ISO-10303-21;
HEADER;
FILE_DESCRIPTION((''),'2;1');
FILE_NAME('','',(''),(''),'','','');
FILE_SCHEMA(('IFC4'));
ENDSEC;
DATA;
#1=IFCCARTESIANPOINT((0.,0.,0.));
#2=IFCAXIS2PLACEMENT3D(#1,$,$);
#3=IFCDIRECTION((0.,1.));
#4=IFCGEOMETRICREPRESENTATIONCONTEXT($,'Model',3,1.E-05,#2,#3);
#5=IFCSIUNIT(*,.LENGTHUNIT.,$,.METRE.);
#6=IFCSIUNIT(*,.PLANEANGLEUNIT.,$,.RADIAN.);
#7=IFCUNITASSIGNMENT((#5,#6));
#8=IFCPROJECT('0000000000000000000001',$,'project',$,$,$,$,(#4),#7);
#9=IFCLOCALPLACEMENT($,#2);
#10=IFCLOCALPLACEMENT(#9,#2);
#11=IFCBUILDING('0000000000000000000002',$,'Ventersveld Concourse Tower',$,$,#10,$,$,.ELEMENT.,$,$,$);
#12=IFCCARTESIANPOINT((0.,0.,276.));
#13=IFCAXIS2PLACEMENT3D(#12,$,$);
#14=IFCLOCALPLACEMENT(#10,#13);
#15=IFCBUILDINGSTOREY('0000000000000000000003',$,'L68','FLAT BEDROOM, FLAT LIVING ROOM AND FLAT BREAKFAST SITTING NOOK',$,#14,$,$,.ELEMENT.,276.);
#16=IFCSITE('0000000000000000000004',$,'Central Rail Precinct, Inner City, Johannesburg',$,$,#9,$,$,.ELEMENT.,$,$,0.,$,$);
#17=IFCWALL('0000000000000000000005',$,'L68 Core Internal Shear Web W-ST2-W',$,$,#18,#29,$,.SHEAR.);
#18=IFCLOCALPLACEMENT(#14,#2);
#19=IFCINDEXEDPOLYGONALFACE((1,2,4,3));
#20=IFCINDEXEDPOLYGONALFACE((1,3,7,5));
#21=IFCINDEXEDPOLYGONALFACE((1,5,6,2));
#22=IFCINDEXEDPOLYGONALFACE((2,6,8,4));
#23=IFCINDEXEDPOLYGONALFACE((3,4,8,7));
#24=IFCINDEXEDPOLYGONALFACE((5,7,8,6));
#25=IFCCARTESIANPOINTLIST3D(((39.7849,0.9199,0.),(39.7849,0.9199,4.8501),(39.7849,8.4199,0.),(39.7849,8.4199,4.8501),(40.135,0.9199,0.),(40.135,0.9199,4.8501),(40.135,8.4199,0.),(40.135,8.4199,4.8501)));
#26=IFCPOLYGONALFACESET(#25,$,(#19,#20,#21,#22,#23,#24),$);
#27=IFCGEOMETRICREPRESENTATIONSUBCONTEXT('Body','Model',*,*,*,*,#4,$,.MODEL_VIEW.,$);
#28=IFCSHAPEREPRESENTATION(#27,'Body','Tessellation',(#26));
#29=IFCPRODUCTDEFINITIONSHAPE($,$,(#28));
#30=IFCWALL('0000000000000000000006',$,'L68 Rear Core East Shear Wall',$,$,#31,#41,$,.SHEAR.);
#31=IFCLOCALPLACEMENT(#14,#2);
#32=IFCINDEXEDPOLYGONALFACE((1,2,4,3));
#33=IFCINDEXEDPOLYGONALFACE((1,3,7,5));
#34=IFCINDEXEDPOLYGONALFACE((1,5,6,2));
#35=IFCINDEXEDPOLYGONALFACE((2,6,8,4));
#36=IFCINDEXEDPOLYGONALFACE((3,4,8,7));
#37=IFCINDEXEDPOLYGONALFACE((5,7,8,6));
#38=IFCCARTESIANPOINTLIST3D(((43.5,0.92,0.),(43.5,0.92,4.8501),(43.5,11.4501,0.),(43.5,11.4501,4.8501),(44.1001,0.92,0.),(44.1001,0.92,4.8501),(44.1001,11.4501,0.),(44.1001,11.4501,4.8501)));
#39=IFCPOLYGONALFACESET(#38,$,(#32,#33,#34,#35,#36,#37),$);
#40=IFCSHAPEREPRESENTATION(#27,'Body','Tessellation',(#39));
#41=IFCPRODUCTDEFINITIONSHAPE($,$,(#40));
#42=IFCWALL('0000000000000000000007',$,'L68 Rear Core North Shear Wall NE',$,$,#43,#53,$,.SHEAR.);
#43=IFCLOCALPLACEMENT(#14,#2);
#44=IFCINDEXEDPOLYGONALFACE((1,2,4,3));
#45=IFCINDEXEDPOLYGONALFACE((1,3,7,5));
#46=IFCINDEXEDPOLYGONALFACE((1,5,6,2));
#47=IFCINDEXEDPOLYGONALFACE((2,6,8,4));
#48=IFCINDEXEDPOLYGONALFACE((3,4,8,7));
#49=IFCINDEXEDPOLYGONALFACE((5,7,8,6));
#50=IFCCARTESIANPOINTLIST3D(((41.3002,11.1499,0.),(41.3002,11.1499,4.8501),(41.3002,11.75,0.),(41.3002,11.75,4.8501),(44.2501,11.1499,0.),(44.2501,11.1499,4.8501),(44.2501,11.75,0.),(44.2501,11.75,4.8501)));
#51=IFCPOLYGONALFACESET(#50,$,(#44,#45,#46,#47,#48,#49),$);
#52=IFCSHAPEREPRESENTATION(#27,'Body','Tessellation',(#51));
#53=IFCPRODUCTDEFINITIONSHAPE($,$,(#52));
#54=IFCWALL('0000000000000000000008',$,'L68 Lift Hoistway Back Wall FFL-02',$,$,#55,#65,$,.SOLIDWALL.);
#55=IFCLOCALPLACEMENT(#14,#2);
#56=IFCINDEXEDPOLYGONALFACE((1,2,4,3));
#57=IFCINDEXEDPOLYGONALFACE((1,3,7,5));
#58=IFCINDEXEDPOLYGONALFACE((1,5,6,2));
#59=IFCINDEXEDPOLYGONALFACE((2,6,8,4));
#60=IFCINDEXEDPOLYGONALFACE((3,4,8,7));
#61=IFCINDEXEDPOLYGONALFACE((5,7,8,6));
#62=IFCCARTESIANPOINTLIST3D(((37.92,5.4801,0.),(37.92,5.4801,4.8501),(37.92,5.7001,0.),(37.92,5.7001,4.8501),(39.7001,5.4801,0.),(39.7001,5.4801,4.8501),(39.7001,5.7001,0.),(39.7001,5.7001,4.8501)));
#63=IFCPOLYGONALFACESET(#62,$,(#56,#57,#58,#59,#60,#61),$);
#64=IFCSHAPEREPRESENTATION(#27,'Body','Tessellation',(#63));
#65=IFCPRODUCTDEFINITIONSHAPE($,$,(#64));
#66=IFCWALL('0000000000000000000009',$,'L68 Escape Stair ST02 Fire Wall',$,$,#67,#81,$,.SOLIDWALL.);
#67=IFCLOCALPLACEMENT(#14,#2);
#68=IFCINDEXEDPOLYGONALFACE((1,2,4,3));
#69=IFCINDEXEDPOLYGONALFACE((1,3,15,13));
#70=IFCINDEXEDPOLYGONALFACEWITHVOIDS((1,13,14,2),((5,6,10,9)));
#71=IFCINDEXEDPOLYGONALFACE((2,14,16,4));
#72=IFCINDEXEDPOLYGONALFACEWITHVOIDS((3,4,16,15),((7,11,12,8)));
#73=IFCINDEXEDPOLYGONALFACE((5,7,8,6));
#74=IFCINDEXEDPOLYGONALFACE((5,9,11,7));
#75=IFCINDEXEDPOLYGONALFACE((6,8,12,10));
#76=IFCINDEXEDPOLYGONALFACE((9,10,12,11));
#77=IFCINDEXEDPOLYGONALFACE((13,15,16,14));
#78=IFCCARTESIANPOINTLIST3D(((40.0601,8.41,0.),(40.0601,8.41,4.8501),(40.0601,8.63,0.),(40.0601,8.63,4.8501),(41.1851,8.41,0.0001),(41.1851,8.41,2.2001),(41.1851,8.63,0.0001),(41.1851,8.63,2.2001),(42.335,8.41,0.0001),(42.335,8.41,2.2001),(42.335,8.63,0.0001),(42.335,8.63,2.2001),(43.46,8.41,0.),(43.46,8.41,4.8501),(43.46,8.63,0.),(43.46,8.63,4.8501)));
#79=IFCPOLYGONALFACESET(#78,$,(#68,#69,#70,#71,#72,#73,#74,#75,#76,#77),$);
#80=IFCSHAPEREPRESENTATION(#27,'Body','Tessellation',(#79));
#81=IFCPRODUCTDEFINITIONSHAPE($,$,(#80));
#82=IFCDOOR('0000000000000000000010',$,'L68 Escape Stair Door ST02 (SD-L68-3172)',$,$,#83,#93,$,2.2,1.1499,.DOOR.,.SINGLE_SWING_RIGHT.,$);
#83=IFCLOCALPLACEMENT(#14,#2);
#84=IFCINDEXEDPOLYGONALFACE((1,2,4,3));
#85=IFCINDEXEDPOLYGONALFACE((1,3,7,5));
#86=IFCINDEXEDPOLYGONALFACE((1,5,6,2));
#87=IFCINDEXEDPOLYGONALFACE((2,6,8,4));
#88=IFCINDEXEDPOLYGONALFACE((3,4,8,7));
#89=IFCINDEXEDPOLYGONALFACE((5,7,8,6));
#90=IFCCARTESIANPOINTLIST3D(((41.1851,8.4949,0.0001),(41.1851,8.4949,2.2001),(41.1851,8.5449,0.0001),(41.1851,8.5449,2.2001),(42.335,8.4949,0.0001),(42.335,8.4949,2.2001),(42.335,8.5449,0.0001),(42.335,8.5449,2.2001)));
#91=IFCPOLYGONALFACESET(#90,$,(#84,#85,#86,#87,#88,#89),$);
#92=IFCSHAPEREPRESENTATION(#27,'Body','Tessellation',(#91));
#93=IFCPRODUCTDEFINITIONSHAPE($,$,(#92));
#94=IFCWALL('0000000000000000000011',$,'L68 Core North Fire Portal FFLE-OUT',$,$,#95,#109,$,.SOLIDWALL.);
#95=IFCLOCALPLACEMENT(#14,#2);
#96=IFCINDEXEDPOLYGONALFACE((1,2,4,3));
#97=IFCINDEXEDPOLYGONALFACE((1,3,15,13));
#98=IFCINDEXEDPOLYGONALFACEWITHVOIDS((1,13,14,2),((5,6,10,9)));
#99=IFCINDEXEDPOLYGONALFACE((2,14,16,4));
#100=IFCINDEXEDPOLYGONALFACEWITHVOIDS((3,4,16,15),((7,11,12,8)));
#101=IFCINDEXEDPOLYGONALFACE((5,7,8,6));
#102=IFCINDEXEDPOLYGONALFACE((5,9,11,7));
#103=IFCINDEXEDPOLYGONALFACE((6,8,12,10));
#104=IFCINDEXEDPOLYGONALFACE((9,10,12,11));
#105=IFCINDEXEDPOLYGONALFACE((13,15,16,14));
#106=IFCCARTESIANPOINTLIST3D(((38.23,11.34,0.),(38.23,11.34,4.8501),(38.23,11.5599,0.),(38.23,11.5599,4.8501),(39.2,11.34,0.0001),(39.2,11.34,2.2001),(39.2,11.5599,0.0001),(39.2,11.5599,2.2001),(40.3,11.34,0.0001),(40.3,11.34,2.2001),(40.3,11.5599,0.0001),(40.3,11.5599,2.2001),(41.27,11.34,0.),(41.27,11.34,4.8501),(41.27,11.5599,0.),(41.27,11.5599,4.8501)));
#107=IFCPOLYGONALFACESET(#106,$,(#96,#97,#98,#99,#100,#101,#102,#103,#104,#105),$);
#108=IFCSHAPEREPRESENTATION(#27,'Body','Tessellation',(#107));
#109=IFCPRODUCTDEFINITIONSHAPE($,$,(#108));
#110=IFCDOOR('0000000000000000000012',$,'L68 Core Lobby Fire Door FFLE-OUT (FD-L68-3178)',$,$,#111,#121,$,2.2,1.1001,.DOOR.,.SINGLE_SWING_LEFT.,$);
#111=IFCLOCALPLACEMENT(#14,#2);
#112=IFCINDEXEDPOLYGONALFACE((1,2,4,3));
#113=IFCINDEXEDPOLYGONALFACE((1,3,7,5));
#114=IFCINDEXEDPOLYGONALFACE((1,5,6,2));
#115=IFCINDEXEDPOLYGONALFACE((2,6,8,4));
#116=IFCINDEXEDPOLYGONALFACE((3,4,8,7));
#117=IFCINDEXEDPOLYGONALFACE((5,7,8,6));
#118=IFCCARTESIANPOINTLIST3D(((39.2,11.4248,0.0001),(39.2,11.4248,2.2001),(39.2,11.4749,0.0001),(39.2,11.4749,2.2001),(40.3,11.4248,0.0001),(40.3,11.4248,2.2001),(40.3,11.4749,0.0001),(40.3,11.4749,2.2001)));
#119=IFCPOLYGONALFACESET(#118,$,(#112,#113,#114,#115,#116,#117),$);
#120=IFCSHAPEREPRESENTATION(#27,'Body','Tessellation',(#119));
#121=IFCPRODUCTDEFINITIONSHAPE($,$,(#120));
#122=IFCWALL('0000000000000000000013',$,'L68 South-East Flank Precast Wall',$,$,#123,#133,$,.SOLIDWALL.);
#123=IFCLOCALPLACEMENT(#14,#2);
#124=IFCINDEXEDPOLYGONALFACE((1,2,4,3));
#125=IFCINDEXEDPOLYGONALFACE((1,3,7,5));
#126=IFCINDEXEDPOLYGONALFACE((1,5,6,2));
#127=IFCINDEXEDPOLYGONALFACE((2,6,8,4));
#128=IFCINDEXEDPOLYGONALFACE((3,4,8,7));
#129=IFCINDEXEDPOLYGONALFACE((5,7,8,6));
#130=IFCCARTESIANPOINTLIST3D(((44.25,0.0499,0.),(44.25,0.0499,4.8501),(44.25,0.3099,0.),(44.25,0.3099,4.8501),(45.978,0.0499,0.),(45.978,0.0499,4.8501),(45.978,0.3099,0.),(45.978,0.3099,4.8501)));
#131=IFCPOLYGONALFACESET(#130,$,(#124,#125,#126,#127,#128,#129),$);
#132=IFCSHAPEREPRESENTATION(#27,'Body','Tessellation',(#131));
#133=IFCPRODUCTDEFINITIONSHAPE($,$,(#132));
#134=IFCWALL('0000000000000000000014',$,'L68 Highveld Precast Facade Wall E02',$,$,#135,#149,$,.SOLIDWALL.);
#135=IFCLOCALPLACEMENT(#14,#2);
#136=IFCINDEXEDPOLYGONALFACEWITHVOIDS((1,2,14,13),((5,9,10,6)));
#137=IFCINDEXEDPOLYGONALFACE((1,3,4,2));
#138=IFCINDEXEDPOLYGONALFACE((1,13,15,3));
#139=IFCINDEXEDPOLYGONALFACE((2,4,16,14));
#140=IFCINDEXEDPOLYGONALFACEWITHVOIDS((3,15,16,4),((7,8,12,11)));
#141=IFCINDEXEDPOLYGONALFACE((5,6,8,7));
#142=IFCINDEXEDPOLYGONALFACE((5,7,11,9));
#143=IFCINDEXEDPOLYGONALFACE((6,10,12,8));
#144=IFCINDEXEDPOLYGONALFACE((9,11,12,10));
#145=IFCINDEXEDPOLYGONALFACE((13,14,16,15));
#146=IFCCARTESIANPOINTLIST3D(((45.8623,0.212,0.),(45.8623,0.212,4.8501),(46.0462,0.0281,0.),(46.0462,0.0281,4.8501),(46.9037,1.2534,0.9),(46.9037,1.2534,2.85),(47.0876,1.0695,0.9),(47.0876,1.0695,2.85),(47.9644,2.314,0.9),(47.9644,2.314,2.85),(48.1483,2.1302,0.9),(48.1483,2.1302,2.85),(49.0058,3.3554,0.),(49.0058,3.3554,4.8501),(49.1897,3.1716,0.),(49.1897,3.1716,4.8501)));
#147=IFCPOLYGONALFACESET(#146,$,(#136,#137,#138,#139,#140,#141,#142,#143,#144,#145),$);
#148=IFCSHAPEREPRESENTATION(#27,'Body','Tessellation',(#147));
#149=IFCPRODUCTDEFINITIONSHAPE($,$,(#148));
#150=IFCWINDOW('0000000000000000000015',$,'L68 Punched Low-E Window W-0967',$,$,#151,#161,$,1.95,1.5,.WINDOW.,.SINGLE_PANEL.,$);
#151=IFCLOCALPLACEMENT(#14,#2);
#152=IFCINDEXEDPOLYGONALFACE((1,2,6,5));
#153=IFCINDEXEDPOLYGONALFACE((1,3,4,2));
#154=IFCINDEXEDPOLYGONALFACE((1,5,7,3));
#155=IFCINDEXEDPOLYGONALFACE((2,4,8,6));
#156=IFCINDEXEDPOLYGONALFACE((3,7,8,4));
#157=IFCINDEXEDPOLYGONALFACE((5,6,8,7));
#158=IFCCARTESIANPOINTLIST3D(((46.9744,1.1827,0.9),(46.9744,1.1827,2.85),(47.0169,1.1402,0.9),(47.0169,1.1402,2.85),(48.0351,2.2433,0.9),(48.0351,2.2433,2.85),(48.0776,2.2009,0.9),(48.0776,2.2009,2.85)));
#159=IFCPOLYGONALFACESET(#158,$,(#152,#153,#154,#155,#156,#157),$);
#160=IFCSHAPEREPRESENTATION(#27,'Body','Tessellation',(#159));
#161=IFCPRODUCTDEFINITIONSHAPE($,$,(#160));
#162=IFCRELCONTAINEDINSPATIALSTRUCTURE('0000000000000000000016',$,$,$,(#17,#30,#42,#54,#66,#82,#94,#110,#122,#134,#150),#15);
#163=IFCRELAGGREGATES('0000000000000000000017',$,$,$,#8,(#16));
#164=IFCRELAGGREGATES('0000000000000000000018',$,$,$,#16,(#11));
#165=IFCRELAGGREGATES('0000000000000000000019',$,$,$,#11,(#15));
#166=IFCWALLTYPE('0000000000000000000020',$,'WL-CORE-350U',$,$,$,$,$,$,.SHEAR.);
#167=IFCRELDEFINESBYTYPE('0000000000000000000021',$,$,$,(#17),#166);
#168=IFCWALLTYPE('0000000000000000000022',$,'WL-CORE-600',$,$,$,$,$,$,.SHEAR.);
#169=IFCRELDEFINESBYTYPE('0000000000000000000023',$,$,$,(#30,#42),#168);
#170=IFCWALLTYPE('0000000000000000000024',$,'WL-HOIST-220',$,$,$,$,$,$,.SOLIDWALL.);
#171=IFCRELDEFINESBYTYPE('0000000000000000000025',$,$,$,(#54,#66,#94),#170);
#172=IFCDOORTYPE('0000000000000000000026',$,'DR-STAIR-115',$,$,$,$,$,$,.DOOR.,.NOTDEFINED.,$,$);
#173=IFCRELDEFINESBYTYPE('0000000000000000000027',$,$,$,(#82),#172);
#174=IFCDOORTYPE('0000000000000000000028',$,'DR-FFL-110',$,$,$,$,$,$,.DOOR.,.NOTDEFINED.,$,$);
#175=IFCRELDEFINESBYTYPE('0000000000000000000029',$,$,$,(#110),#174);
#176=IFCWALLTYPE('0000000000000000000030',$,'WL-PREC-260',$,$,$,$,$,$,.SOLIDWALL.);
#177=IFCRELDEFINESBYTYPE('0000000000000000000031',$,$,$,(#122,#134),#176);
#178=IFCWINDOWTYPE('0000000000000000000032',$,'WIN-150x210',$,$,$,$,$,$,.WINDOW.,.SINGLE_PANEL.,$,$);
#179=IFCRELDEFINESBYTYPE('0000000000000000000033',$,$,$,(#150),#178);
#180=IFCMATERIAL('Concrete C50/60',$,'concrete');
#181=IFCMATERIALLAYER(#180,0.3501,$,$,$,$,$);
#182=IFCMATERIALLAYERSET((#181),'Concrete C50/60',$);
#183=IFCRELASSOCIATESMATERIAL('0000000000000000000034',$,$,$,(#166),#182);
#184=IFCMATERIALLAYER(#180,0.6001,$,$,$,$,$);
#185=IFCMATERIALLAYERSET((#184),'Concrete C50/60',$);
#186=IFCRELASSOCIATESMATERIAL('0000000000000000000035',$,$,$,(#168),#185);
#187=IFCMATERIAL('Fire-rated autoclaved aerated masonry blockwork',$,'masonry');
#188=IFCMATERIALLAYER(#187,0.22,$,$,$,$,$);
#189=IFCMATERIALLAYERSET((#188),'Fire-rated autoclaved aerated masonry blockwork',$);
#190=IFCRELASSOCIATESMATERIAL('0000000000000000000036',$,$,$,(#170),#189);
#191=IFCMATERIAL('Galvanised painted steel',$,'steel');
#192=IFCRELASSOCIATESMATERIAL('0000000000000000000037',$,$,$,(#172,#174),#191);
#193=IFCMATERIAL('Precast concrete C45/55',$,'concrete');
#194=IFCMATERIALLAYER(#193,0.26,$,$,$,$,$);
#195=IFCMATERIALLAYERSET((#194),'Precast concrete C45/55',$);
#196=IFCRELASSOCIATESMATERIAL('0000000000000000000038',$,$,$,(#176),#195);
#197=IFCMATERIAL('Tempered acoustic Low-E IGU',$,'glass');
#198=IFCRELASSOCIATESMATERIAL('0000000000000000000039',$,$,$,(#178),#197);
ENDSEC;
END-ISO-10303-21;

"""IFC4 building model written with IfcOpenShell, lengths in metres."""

from ifc_helpers import new_model, si_unit, direction, frame, frame_2d, origin, place, context, subcontext, project, spatial, rectangle, extrude, material, layer, layer_set, type_object, element, fill, save


model = new_model("IFC4")

# Units and contexts
model_context = context("Model", 3, precision=1e-05, world=origin(), true_north=direction((0.0, 1.0)))
body_context = subcontext(model_context, "Body", "Model", "MODEL_VIEW")
ifc_project = project(units=[si_unit("LENGTHUNIT", "METRE"), si_unit("PLANEANGLEUNIT", "RADIAN")], contexts=[model_context])

# Site, building, storey
site_placement = place(None, origin())
site = spatial("IfcSite", under=ifc_project, at=site_placement, Name="Central Rail Precinct, Inner City, Johannesburg", CompositionType="ELEMENT", RefElevation=0.0)
building_placement = place(site_placement, origin())
building = spatial("IfcBuilding", under=site, at=building_placement, Name="Ventersveld Concourse Tower", CompositionType="ELEMENT")
storey_placement = place(building_placement, frame((0.0, 0.0, 276.0)))
storey = spatial("IfcBuildingStorey", under=building, at=storey_placement, Name="L68", Description="FLAT BEDROOM, FLAT LIVING ROOM AND FLAT BREAKFAST SITTING NOOK", CompositionType="ELEMENT", Elevation=276.0)

# Shared definitions
ifc_material_1 = material(Name="Concrete C50/60", Category="concrete")

# Walls
ifc_layer_1 = layer(ifc_material_1, 0.3501)
ifc_layer_set_1 = layer_set([ifc_layer_1], Name="Concrete C50/60")
wall_type_1 = type_object("IfcWallType", Name="WL-CORE-350U", PredefinedType="SHEAR", material=ifc_layer_set_1)
wall_1_placement = place(storey_placement, frame((39.96, 0.9199, 0.0), z_axis=(0.0, 0.0, 1.0), x_axis=(0.0, 1.0, 0.0)))
element("IfcWall", 1, at=wall_1_placement, inside=storey, type_object=wall_type_1, Name="L68 Core Internal Shear Web W-ST2-W", PredefinedType="SHEAR", context=body_context, shape_type="SweptSolid", body=[
    extrude(rectangle(XDim=7.5, YDim=0.3501, at=frame_2d((3.75, 0.0))), origin(), (0.0, 0.0, 1.0), 4.8501),
])
ifc_layer_2 = layer(ifc_material_1, 0.6001)
ifc_layer_set_2 = layer_set([ifc_layer_2], Name="Concrete C50/60")
wall_type_2 = type_object("IfcWallType", Name="WL-CORE-600", PredefinedType="SHEAR", material=ifc_layer_set_2)
wall_2_placement = place(storey_placement, frame((43.8, 0.9199, 0.0), z_axis=(0.0, 0.0, 1.0), x_axis=(0.0, 1.0, 0.0)))
element("IfcWall", 2, at=wall_2_placement, inside=storey, type_object=wall_type_2, Name="L68 Rear Core East Shear Wall", PredefinedType="SHEAR", context=body_context, shape_type="SweptSolid", body=[
    extrude(rectangle(XDim=10.53, YDim=0.6001, at=frame_2d((5.2651, 0.0))), origin(), (0.0, 0.0, 1.0), 4.8501),
])
wall_3_placement = place(storey_placement, frame((41.3, 11.45, 0.0), z_axis=(0.0, 0.0, 1.0), x_axis=(1.0, 0.0, 0.0)))
element("IfcWall", 3, at=wall_3_placement, inside=storey, type_object=wall_type_2, Name="L68 Rear Core North Shear Wall NE", PredefinedType="SHEAR", context=body_context, shape_type="SweptSolid", body=[
    extrude(rectangle(XDim=2.95, YDim=0.6001, at=frame_2d((1.4751, 0.0))), origin(), (0.0, 0.0, 1.0), 4.8501),
])
ifc_material_2 = material(Name="Fire-rated autoclaved aerated masonry blockwork", Category="masonry")
ifc_layer_3 = layer(ifc_material_2, 0.22)
ifc_layer_set_3 = layer_set([ifc_layer_3], Name="Fire-rated autoclaved aerated masonry blockwork")
wall_type_3 = type_object("IfcWallType", Name="WL-HOIST-220", PredefinedType="SOLIDWALL", material=ifc_layer_set_3)
wall_4_placement = place(storey_placement, frame((37.9199, 5.5901, 0.0), z_axis=(0.0, 0.0, 1.0), x_axis=(1.0, 0.0, 0.0)))
element("IfcWall", 4, at=wall_4_placement, inside=storey, type_object=wall_type_3, Name="L68 Lift Hoistway Back Wall FFL-02", PredefinedType="SOLIDWALL", context=body_context, shape_type="SweptSolid", body=[
    extrude(rectangle(XDim=1.78, YDim=0.22, at=frame_2d((0.8901, 0.0))), origin(), (0.0, 0.0, 1.0), 4.8501),
])

# Walls, openings, doors
wall_5_placement = place(storey_placement, frame((40.0601, 8.52, 0.0), z_axis=(0.0, 0.0, 1.0), x_axis=(1.0, 0.0, 0.0)))
wall_5 = element("IfcWall", 5, at=wall_5_placement, inside=storey, type_object=wall_type_3, Name="L68 Escape Stair ST02 Fire Wall", PredefinedType="SOLIDWALL", context=body_context, shape_type="SweptSolid", body=[
    extrude(rectangle(XDim=3.3999, YDim=0.22, at=frame_2d((1.7, 0.0))), origin(), (0.0, 0.0, 1.0), 4.8501),
])
opening_1_placement = place(wall_5_placement, frame((1.125, 0.0, 0.0)))
opening_1 = element("IfcOpeningElement", 6, at=opening_1_placement, cuts=wall_5, PredefinedType="OPENING", context=body_context, shape_type="SweptSolid", body=[
    extrude(rectangle(XDim=1.1499, YDim=2.2, at=frame_2d((0.575, 1.1001))), frame((0.0, 0.1201, 0.0), z_axis=(0.0, -1.0, 0.0), x_axis=(1.0, 0.0, 0.0)), (0.0, 0.0, 1.0), 0.24),
])
ifc_material_3 = material(Name="Galvanised painted steel", Category="steel")
door_type_1 = type_object("IfcDoorType", Name="DR-STAIR-115", OperationType="NOTDEFINED", PredefinedType="DOOR", material=ifc_material_3)
door_1_placement = place(opening_1_placement, origin())
door_1 = element("IfcDoor", 7, at=door_1_placement, inside=storey, type_object=door_type_1, Name="L68 Escape Stair Door ST02 (SD-L68-3172)", OperationType="SINGLE_SWING_RIGHT", OverallHeight=2.2, OverallWidth=1.1499, PredefinedType="DOOR", context=body_context, shape_type="SweptSolid", body=[
    extrude(rectangle(XDim=1.1499, YDim=2.2, at=frame_2d((0.575, 1.1001))), frame((0.0, 0.0249, 0.0), z_axis=(0.0, -1.0, 0.0), x_axis=(1.0, 0.0, 0.0)), (0.0, 0.0, 1.0), 0.05),
])
fill(opening_1, door_1)
wall_6_placement = place(storey_placement, frame((38.23, 11.45, 0.0), z_axis=(0.0, 0.0, 1.0), x_axis=(1.0, 0.0, 0.0)))
wall_6 = element("IfcWall", 8, at=wall_6_placement, inside=storey, type_object=wall_type_3, Name="L68 Core North Fire Portal FFLE-OUT", PredefinedType="SOLIDWALL", context=body_context, shape_type="SweptSolid", body=[
    extrude(rectangle(XDim=3.04, YDim=0.22, at=frame_2d((1.52, 0.0))), origin(), (0.0, 0.0, 1.0), 4.8501),
])
opening_2_placement = place(wall_6_placement, frame((0.97, 0.0, 0.0)))
opening_2 = element("IfcOpeningElement", 9, at=opening_2_placement, cuts=wall_6, PredefinedType="OPENING", context=body_context, shape_type="SweptSolid", body=[
    extrude(rectangle(XDim=1.1001, YDim=2.2, at=frame_2d((0.55, 1.1001))), frame((0.0, 0.1201, 0.0), z_axis=(0.0, -1.0, 0.0), x_axis=(1.0, 0.0, 0.0)), (0.0, 0.0, 1.0), 0.24),
])
door_type_2 = type_object("IfcDoorType", Name="DR-FFL-110", OperationType="NOTDEFINED", PredefinedType="DOOR", material=ifc_material_3)
door_2_placement = place(opening_2_placement, origin())
door_2 = element("IfcDoor", 10, at=door_2_placement, inside=storey, type_object=door_type_2, Name="L68 Core Lobby Fire Door FFLE-OUT (FD-L68-3178)", OperationType="SINGLE_SWING_LEFT", OverallHeight=2.2, OverallWidth=1.1001, PredefinedType="DOOR", context=body_context, shape_type="SweptSolid", body=[
    extrude(rectangle(XDim=1.1001, YDim=2.2, at=frame_2d((0.55, 1.1001))), frame((0.0, 0.0249, 0.0), z_axis=(0.0, -1.0, 0.0), x_axis=(1.0, 0.0, 0.0)), (0.0, 0.0, 1.0), 0.05),
])
fill(opening_2, door_2)

# Wall
ifc_material_4 = material(Name="Precast concrete C45/55", Category="concrete")
ifc_layer_4 = layer(ifc_material_4, 0.26)
ifc_layer_set_4 = layer_set([ifc_layer_4], Name="Precast concrete C45/55")
wall_type_4 = type_object("IfcWallType", Name="WL-PREC-260", PredefinedType="SOLIDWALL", material=ifc_layer_set_4)
wall_7_placement = place(storey_placement, frame((44.25, 0.1799, 0.0), z_axis=(0.0, 0.0, 1.0), x_axis=(1.0, 0.0, 0.0)))
element("IfcWall", 11, at=wall_7_placement, inside=storey, type_object=wall_type_4, Name="L68 South-East Flank Precast Wall", PredefinedType="SOLIDWALL", context=body_context, shape_type="SweptSolid", body=[
    extrude(rectangle(XDim=1.728, YDim=0.26, at=frame_2d((0.864, 0.0))), origin(), (0.0, 0.0, 1.0), 4.8501),
])

# Wall, opening, window
wall_8_placement = place(storey_placement, frame((45.9543, 0.1201, 0.0), z_axis=(0.0, 0.0, 1.0), x_axis=(0.707107, 0.707107, 0.0)))
wall_8 = element("IfcWall", 12, at=wall_8_placement, inside=storey, type_object=wall_type_4, Name="L68 Highveld Precast Facade Wall E02", PredefinedType="SOLIDWALL", context=body_context, shape_type="SweptSolid", body=[
    extrude(rectangle(XDim=4.4456, YDim=0.26, at=frame_2d((2.2227, 0.0))), origin(), (0.0, 0.0, 1.0), 4.8501),
])
opening_3_placement = place(wall_8_placement, frame((1.4727, 0.0, 0.8999)))
opening_3 = element("IfcOpeningElement", 13, at=opening_3_placement, cuts=wall_8, PredefinedType="OPENING", context=body_context, shape_type="SweptSolid", body=[
    extrude(rectangle(XDim=1.5, YDim=1.95, at=frame_2d((0.75, 0.9751))), frame((0.0, 0.1401, 0.0), z_axis=(0.0, -1.0, 0.0), x_axis=(1.0, 0.0, 0.0)), (0.0, 0.0, 1.0), 0.28),
])
ifc_material_5 = material(Name="Tempered acoustic Low-E IGU", Category="glass")
window_type_1 = type_object("IfcWindowType", Name="WIN-150x210", PartitioningType="SINGLE_PANEL", PredefinedType="WINDOW", material=ifc_material_5)
window_1_placement = place(opening_3_placement, origin())
window_1 = element("IfcWindow", 14, at=window_1_placement, inside=storey, type_object=window_type_1, Name="L68 Punched Low-E Window W-0967", OverallHeight=1.95, OverallWidth=1.5, PartitioningType="SINGLE_PANEL", PredefinedType="WINDOW", context=body_context, shape_type="SweptSolid", body=[
    extrude(rectangle(XDim=1.5, YDim=1.95, at=frame_2d((0.75, 0.9751))), frame((0.0, 0.03, 0.0), z_axis=(0.0, -1.0, 0.0), x_axis=(1.0, 0.0, 0.0)), (0.0, 0.0, 1.0), 0.0601),
])
fill(opening_3, window_1)

save(model, "model.ifc")
